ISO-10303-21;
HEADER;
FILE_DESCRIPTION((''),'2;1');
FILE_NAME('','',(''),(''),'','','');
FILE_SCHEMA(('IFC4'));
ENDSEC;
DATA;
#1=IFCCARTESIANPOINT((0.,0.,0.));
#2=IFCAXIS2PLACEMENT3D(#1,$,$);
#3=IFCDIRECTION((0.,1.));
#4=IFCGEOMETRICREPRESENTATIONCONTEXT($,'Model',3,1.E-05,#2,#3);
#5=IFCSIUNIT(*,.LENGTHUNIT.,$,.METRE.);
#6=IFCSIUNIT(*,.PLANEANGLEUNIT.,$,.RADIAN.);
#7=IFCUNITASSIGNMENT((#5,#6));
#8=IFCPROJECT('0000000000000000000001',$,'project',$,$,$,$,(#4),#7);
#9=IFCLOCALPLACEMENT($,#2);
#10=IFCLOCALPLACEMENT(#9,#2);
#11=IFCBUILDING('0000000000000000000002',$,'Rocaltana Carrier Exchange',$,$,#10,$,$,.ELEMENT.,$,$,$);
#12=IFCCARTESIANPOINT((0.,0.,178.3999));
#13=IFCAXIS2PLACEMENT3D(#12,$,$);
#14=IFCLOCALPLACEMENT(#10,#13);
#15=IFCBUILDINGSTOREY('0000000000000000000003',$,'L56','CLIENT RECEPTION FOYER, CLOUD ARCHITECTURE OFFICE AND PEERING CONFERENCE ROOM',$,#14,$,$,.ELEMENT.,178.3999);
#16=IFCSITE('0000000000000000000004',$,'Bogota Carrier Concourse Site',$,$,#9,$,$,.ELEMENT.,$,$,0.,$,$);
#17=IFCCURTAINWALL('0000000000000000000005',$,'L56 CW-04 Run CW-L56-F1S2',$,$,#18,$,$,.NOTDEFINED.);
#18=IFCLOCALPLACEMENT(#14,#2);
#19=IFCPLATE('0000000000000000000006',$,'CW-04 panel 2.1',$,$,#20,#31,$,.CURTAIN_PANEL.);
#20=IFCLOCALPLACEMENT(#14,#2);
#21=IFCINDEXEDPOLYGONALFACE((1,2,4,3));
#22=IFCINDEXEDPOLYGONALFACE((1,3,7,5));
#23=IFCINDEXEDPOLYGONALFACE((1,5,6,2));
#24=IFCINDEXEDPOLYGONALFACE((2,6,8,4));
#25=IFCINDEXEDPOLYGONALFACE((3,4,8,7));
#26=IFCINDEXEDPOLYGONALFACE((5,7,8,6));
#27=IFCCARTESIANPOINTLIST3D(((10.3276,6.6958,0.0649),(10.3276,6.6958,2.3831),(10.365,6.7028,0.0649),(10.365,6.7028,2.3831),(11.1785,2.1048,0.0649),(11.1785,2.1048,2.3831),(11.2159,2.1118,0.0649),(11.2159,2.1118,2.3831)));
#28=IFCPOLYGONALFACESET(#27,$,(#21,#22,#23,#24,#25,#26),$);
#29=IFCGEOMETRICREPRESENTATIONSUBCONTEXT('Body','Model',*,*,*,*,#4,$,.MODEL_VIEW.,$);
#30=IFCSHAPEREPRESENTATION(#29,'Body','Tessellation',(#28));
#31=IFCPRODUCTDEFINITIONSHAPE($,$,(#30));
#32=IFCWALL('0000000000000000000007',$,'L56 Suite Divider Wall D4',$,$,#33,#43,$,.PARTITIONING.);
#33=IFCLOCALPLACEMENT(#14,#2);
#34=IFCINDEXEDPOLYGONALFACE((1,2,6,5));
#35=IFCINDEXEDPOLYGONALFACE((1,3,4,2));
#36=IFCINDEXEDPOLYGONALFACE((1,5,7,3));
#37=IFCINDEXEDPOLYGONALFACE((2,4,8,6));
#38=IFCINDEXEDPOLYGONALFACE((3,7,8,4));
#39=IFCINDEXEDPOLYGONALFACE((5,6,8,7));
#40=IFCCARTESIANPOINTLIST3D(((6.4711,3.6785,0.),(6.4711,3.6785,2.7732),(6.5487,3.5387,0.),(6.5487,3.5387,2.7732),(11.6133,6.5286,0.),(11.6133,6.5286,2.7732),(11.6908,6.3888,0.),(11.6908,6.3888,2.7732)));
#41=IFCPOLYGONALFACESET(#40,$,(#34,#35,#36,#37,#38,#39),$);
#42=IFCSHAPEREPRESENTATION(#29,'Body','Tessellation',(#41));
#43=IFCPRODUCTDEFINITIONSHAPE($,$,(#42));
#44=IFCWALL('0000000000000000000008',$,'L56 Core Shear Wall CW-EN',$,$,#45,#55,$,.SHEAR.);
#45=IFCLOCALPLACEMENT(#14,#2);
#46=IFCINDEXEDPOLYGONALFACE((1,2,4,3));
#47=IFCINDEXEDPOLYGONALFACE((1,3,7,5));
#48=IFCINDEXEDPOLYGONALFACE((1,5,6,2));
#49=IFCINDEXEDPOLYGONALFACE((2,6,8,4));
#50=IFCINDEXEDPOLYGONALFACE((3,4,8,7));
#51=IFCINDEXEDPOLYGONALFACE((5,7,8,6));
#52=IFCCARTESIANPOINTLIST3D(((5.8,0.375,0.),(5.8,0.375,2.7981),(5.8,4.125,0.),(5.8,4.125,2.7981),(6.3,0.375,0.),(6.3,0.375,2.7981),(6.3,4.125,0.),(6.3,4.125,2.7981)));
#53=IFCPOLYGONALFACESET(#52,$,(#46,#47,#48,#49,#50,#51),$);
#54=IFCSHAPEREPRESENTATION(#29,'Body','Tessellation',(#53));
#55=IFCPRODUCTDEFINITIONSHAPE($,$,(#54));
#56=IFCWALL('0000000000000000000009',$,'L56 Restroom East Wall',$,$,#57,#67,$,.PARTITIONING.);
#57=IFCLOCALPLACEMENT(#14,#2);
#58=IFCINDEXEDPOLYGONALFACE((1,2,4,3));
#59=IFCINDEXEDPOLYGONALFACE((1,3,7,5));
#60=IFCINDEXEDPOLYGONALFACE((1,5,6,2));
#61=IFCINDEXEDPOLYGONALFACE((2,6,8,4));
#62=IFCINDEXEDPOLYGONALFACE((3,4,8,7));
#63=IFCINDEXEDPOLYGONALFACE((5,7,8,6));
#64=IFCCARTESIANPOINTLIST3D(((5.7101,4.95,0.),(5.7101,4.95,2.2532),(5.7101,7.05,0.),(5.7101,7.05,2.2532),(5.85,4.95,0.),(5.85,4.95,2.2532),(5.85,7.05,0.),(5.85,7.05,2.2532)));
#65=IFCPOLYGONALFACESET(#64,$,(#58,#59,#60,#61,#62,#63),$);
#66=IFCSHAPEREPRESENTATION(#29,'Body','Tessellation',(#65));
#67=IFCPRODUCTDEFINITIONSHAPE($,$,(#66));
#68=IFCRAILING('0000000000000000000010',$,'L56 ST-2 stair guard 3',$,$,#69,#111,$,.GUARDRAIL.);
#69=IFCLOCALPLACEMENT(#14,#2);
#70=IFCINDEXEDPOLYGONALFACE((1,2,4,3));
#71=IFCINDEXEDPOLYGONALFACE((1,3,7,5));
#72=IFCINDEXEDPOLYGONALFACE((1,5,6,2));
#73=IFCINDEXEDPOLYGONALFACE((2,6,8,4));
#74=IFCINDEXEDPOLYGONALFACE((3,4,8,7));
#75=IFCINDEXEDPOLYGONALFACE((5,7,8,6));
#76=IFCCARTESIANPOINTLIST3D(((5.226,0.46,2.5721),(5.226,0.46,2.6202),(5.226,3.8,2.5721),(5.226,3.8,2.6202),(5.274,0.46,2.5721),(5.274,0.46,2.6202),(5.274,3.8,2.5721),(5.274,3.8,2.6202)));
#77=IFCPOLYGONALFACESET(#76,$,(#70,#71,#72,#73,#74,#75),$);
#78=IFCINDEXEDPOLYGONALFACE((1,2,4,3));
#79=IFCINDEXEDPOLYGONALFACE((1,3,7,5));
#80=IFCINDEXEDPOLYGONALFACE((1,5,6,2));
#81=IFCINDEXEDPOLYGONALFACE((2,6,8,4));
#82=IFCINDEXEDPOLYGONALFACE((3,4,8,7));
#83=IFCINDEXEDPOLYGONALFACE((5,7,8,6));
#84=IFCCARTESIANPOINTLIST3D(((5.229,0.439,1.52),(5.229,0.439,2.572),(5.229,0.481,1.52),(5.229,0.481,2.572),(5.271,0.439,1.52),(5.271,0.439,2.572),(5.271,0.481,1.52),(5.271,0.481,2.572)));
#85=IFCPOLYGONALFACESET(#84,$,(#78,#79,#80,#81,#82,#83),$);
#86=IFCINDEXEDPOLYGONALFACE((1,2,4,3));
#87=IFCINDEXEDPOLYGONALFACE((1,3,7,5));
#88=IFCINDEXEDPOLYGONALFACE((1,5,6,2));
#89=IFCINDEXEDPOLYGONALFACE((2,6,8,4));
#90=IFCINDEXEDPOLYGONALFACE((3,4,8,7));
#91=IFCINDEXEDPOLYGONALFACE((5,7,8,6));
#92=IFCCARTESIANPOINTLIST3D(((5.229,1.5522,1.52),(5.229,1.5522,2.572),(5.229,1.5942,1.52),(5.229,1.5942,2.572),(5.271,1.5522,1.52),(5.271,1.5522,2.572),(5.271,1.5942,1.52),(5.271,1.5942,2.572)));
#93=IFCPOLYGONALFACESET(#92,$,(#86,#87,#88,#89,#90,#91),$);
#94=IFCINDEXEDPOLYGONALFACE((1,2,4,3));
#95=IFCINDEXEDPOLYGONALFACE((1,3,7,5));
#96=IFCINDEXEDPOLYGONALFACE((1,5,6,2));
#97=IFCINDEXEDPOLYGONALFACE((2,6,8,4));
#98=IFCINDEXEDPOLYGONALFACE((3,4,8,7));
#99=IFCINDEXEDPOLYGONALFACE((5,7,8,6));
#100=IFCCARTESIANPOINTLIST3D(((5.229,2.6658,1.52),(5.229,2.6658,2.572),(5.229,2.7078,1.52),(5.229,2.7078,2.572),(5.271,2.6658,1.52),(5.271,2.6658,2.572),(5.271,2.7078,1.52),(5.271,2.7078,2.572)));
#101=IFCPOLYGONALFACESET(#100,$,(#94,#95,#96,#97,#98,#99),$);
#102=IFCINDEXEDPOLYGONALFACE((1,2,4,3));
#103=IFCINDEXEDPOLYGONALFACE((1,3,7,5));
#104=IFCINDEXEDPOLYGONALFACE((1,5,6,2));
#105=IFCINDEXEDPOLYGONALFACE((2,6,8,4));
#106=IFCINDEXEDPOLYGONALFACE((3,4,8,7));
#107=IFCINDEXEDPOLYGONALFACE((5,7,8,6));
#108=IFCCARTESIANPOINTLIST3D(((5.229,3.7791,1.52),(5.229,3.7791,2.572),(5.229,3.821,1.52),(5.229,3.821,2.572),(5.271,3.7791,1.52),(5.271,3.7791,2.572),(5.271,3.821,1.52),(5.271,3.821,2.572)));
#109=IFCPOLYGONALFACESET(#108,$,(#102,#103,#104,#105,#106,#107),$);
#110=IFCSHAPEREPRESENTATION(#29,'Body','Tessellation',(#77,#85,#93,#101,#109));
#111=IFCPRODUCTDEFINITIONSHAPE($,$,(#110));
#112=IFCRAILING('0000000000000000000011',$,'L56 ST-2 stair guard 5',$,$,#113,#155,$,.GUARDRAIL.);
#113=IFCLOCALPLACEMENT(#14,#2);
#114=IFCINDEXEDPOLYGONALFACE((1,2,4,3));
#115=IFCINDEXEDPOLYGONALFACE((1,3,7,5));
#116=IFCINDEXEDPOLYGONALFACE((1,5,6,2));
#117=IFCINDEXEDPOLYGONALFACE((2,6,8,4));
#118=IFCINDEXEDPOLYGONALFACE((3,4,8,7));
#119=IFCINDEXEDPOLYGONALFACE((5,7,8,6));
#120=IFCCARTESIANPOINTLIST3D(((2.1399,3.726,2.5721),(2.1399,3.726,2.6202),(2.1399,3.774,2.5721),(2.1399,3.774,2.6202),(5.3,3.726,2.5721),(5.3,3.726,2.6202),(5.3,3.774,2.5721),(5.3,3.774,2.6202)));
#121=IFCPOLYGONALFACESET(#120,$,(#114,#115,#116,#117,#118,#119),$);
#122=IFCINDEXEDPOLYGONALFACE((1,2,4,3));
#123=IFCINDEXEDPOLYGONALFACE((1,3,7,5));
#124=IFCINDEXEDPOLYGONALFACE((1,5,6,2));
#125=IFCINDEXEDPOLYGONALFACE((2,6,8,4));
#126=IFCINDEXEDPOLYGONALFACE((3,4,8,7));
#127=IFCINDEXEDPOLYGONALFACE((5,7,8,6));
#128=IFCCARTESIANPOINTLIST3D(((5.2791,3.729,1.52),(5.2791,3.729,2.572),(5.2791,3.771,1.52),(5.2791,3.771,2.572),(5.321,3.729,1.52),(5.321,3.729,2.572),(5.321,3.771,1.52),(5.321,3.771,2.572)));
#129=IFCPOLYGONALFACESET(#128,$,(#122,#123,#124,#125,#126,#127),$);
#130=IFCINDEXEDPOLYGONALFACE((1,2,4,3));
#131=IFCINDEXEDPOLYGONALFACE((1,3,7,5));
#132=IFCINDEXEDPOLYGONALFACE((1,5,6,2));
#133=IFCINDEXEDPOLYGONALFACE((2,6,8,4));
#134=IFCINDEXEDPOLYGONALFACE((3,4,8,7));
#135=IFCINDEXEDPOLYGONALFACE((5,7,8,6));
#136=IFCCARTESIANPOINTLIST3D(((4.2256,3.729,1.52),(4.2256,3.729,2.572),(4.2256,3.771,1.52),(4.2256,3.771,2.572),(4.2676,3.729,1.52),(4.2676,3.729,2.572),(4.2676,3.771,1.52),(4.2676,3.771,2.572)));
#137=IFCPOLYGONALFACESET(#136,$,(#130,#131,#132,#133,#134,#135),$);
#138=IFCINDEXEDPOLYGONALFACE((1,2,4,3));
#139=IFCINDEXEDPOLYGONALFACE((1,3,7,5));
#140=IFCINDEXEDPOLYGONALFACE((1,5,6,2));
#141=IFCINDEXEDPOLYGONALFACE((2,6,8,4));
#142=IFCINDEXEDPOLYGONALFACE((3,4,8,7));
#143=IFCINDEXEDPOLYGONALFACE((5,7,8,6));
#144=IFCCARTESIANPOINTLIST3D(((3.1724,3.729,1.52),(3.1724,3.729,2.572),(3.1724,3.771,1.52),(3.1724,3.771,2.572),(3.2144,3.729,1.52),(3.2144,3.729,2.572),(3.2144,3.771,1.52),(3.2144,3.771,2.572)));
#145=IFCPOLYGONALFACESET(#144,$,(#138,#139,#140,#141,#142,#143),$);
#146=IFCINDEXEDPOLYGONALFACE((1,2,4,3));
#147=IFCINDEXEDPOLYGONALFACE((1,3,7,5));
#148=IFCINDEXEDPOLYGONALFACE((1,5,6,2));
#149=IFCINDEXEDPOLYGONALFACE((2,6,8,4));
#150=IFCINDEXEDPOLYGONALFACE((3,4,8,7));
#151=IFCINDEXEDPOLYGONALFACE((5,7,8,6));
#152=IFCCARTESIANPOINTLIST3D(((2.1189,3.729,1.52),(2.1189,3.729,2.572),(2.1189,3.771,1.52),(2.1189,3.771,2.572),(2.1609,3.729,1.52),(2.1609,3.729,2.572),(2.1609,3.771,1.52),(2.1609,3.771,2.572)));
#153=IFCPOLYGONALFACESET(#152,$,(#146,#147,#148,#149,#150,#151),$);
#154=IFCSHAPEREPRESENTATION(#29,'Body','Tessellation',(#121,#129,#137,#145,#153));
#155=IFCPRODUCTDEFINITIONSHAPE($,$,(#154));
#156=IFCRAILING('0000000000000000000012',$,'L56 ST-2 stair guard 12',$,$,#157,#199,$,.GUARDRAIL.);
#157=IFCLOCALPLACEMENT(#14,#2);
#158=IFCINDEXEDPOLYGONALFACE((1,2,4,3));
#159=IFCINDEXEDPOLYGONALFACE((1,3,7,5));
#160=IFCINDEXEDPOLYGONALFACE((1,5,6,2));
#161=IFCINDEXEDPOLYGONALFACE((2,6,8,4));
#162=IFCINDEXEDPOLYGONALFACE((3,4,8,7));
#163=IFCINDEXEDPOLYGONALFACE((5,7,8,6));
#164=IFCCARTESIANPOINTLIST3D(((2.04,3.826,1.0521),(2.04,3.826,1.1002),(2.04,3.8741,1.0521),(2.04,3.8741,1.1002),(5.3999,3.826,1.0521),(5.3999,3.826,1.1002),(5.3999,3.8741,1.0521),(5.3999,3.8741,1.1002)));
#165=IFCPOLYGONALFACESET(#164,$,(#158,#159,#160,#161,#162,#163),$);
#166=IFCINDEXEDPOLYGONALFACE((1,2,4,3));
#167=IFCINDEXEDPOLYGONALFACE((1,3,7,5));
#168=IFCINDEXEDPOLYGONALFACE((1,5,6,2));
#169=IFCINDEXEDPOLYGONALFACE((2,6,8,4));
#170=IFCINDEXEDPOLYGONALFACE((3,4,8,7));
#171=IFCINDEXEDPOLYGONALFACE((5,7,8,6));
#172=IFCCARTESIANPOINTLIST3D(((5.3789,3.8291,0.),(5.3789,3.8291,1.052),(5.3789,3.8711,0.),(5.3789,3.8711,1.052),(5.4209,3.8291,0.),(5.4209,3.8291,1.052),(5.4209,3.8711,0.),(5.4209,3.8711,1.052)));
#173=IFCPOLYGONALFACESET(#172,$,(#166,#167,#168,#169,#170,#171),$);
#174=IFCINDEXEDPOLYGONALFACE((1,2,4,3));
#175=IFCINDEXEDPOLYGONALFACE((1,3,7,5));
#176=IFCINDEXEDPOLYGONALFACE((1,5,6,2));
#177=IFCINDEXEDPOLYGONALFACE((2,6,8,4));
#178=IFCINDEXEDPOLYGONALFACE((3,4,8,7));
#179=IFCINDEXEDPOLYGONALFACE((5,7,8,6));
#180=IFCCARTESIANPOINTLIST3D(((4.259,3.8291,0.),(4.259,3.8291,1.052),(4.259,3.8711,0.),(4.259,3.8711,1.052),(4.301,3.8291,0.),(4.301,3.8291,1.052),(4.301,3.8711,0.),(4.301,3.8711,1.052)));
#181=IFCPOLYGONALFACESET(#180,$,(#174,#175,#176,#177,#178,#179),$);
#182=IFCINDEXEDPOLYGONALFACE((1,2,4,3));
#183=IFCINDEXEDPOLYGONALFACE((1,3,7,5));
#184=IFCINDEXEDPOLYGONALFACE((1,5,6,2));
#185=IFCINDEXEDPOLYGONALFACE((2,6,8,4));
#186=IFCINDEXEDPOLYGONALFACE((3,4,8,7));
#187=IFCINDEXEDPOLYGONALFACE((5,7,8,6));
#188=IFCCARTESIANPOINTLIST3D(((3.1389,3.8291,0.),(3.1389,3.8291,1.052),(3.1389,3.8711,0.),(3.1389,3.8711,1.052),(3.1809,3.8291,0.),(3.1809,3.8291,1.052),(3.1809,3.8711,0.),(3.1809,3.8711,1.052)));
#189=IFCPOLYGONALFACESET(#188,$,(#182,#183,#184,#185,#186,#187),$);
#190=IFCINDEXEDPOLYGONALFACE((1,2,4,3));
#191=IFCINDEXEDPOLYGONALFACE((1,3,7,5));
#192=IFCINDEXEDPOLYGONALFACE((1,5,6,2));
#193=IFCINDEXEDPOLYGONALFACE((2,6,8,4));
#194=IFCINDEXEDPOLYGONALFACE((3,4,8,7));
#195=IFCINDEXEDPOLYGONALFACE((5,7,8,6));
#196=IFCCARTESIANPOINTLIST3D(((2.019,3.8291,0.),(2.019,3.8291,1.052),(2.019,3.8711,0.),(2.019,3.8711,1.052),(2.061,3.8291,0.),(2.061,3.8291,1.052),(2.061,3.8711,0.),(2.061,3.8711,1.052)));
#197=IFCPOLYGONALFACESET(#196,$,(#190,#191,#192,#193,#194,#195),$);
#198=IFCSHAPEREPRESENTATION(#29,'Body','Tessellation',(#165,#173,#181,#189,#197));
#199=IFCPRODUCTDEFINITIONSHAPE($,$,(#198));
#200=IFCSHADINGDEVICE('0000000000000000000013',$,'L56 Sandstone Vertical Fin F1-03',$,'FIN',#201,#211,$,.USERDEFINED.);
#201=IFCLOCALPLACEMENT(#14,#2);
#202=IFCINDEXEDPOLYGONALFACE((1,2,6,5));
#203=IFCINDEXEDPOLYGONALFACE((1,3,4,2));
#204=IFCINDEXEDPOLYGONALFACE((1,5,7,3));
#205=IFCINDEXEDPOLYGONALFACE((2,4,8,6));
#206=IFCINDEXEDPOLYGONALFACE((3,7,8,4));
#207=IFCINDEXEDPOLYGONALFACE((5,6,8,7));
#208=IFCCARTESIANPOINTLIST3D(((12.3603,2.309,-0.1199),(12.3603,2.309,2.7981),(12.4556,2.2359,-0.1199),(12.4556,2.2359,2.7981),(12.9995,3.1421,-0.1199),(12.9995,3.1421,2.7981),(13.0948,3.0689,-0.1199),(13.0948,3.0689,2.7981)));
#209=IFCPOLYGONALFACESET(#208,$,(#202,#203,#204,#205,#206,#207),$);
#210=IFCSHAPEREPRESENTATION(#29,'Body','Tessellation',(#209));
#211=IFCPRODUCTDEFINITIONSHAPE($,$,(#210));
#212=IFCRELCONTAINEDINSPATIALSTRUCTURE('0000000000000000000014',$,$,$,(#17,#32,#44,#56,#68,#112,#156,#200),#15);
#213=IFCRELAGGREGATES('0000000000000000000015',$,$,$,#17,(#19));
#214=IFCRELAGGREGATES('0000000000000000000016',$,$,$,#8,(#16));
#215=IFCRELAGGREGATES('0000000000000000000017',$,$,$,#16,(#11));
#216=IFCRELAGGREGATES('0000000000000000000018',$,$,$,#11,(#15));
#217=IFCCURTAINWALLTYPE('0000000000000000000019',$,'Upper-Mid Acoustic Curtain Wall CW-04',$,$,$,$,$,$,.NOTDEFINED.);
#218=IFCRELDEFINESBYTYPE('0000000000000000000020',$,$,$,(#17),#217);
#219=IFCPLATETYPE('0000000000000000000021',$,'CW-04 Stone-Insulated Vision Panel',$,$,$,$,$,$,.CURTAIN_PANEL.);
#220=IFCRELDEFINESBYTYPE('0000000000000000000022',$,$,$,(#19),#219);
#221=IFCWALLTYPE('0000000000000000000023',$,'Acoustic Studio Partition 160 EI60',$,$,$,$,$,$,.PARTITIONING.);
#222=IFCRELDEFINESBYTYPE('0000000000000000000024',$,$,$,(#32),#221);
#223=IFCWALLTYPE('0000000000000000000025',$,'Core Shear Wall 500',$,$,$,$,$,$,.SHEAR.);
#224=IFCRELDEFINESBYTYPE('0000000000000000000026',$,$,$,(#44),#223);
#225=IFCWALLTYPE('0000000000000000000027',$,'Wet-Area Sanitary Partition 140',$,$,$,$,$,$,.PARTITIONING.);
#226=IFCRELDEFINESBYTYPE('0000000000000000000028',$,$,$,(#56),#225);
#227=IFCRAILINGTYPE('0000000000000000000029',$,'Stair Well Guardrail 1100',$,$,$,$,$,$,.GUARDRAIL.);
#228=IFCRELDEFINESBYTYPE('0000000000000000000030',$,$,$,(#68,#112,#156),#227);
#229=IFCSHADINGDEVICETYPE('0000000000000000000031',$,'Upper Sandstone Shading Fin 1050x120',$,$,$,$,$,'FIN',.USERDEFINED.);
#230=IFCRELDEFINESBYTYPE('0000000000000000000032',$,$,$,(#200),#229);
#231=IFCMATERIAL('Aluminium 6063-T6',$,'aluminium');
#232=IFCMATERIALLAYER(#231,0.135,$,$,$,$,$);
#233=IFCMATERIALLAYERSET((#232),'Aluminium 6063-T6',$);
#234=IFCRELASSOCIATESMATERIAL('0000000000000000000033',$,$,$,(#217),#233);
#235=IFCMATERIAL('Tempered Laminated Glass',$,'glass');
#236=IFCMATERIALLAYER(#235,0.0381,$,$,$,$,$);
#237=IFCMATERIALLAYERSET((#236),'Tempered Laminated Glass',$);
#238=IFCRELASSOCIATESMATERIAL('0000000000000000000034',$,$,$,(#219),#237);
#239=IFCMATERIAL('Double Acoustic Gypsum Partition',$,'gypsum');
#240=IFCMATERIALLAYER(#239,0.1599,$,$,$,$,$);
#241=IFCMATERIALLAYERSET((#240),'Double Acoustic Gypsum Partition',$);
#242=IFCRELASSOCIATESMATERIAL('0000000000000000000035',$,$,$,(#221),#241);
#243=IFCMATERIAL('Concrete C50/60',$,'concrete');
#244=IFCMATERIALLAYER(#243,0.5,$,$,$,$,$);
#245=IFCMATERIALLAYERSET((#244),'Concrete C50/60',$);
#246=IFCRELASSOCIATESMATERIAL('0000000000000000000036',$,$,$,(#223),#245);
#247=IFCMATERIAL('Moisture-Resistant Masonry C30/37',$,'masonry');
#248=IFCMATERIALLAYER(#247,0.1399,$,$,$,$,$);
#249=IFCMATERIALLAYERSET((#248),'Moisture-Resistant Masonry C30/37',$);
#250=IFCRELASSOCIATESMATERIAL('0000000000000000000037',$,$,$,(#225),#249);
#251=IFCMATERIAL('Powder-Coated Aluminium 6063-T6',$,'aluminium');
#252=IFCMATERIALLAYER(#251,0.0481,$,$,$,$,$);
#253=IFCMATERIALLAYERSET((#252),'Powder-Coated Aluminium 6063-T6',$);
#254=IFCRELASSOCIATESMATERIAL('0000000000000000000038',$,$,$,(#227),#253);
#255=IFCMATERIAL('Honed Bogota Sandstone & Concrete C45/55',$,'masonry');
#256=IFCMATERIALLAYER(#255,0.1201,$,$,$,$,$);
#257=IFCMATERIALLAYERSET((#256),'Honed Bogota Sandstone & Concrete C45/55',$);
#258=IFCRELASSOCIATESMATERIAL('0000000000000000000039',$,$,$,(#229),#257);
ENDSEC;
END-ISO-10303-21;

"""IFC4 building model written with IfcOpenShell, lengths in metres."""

from ifc_helpers import new_model, si_unit, direction, frame, frame_2d, origin, origin_2d, place, context, subcontext, project, spatial, rectangle, extrude, material, layer, layer_set, type_object, element, aggregate, save


model = new_model("IFC4")

# Units and contexts
model_context = context("Model", 3, precision=1e-05, world=origin(), true_north=direction((0.0, 1.0)))
body_context = subcontext(model_context, "Body", "Model", "MODEL_VIEW")
ifc_project = project(units=[si_unit("LENGTHUNIT", "METRE"), si_unit("PLANEANGLEUNIT", "RADIAN")], contexts=[model_context])

# Site, building, storey
site_placement = place(None, origin())
site = spatial("IfcSite", under=ifc_project, at=site_placement, Name="Bogota Carrier Concourse Site", CompositionType="ELEMENT", RefElevation=0.0)
building_placement = place(site_placement, origin())
building = spatial("IfcBuilding", under=site, at=building_placement, Name="Rocaltana Carrier Exchange", CompositionType="ELEMENT")
storey_placement = place(building_placement, frame((0.0, 0.0, 178.3999)))
storey = spatial("IfcBuildingStorey", under=building, at=storey_placement, Name="L56", Description="CLIENT RECEPTION FOYER, CLOUD ARCHITECTURE OFFICE AND PEERING CONFERENCE ROOM", CompositionType="ELEMENT", Elevation=178.3999)

# Curtain wall
ifc_material_1 = material(Name="Aluminium 6063-T6", Category="aluminium")
ifc_layer_1 = layer(ifc_material_1, 0.135)
ifc_layer_set_1 = layer_set([ifc_layer_1], Name="Aluminium 6063-T6")
curtain_wall_type = type_object("IfcCurtainWallType", Name="Upper-Mid Acoustic Curtain Wall CW-04", PredefinedType="NOTDEFINED", material=ifc_layer_set_1)
curtain_wall_placement = place(storey_placement, origin())
curtain_wall = element("IfcCurtainWall", 1, at=curtain_wall_placement, inside=storey, type_object=curtain_wall_type, Name="L56 CW-04 Run CW-L56-F1S2", PredefinedType="NOTDEFINED")

# Plate
ifc_material_2 = material(Name="Tempered Laminated Glass", Category="glass")
ifc_layer_2 = layer(ifc_material_2, 0.0381)
ifc_layer_set_2 = layer_set([ifc_layer_2], Name="Tempered Laminated Glass")
plate_type = type_object("IfcPlateType", Name="CW-04 Stone-Insulated Vision Panel", PredefinedType="CURTAIN_PANEL", material=ifc_layer_set_2)
plate_placement = place(storey_placement, frame((10.7717, 4.4038, 0.0649), z_axis=(0.0, 0.0, 1.0), x_axis=(-0.182236, 0.983255, 0.0)))
plate = element("IfcPlate", 2, at=plate_placement, type_object=plate_type, Name="CW-04 panel 2.1", PredefinedType="CURTAIN_PANEL", context=body_context, shape_type="SweptSolid", body=[
    extrude(rectangle(XDim=4.6692, YDim=0.0381, at=origin_2d()), origin(), (0.0, 0.0, 1.0), 2.3181),
])
aggregate(curtain_wall, [plate])

# Walls
ifc_material_3 = material(Name="Double Acoustic Gypsum Partition", Category="gypsum")
ifc_layer_3 = layer(ifc_material_3, 0.1599)
ifc_layer_set_3 = layer_set([ifc_layer_3], Name="Double Acoustic Gypsum Partition")
wall_type_1 = type_object("IfcWallType", Name="Acoustic Studio Partition 160 EI60", PredefinedType="PARTITIONING", material=ifc_layer_set_3)
wall_1_placement = place(storey_placement, frame((6.51, 3.6086, 0.0), z_axis=(0.0, 0.0, 1.0), x_axis=(0.874635, 0.484782, 0.0)))
element("IfcWall", 3, at=wall_1_placement, inside=storey, type_object=wall_type_1, Name="L56 Suite Divider Wall D4", PredefinedType="PARTITIONING", context=body_context, shape_type="SweptSolid", body=[
    extrude(rectangle(XDim=5.8792, YDim=0.1599, at=frame_2d((2.9395, 0.0))), origin(), (0.0, 0.0, 1.0), 2.7732),
])
ifc_material_4 = material(Name="Concrete C50/60", Category="concrete")
ifc_layer_4 = layer(ifc_material_4, 0.5)
ifc_layer_set_4 = layer_set([ifc_layer_4], Name="Concrete C50/60")
wall_type_2 = type_object("IfcWallType", Name="Core Shear Wall 500", PredefinedType="SHEAR", material=ifc_layer_set_4)
wall_2_placement = place(storey_placement, frame((6.05, 0.375, 0.0), z_axis=(0.0, 0.0, 1.0), x_axis=(0.0, 1.0, 0.0)))
element("IfcWall", 4, at=wall_2_placement, inside=storey, type_object=wall_type_2, Name="L56 Core Shear Wall CW-EN", PredefinedType="SHEAR", context=body_context, shape_type="SweptSolid", body=[
    extrude(rectangle(XDim=3.75, YDim=0.5, at=frame_2d((1.875, 0.0))), origin(), (0.0, 0.0, 1.0), 2.7981),
])
ifc_material_5 = material(Name="Moisture-Resistant Masonry C30/37", Category="masonry")
ifc_layer_5 = layer(ifc_material_5, 0.1399)
ifc_layer_set_5 = layer_set([ifc_layer_5], Name="Moisture-Resistant Masonry C30/37")
wall_type_3 = type_object("IfcWallType", Name="Wet-Area Sanitary Partition 140", PredefinedType="PARTITIONING", material=ifc_layer_set_5)
wall_3_placement = place(storey_placement, frame((5.78, 4.95, 0.0), z_axis=(0.0, 0.0, 1.0), x_axis=(0.0, 1.0, 0.0)))
element("IfcWall", 5, at=wall_3_placement, inside=storey, type_object=wall_type_3, Name="L56 Restroom East Wall", PredefinedType="PARTITIONING", context=body_context, shape_type="SweptSolid", body=[
    extrude(rectangle(XDim=2.1001, YDim=0.1399, at=frame_2d((1.05, 0.0))), origin(), (0.0, 0.0, 1.0), 2.2532),
])

# Railings
ifc_material_6 = material(Name="Powder-Coated Aluminium 6063-T6", Category="aluminium")
ifc_layer_6 = layer(ifc_material_6, 0.0481)
ifc_layer_set_6 = layer_set([ifc_layer_6], Name="Powder-Coated Aluminium 6063-T6")
railing_type = type_object("IfcRailingType", Name="Stair Well Guardrail 1100", PredefinedType="GUARDRAIL", material=ifc_layer_set_6)
railing_1_placement = place(storey_placement, frame((5.25, 0.46, 1.52)))
element("IfcRailing", 6, at=railing_1_placement, inside=storey, type_object=railing_type, Name="L56 ST-2 stair guard 3", PredefinedType="GUARDRAIL", context=body_context, shape_type="SweptSolid", body=[
    extrude(rectangle(XDim=0.0481, YDim=0.0481, at=origin_2d()), frame((0.0, 0.0, 1.0762), z_axis=(0.0, 1.0, 0.0), x_axis=(-1.0, 0.0, 0.0)), (0.0, 0.0, 1.0), 3.3401),
    extrude(rectangle(XDim=0.042, YDim=0.042, at=origin_2d()), origin(), (0.0, 0.0, 1.0), 1.052),
    extrude(rectangle(XDim=0.042, YDim=0.042, at=origin_2d()), frame((0.0, 1.1133, 0.0)), (0.0, 0.0, 1.0), 1.052),
    extrude(rectangle(XDim=0.042, YDim=0.042, at=origin_2d()), frame((0.0, 2.2268, 0.0)), (0.0, 0.0, 1.0), 1.052),
    extrude(rectangle(XDim=0.042, YDim=0.042, at=origin_2d()), frame((0.0, 3.3401, 0.0)), (0.0, 0.0, 1.0), 1.052),
])
railing_2_placement = place(storey_placement, frame((5.3, 3.75, 1.52)))
element("IfcRailing", 7, at=railing_2_placement, inside=storey, type_object=railing_type, Name="L56 ST-2 stair guard 5", PredefinedType="GUARDRAIL", context=body_context, shape_type="SweptSolid", body=[
    extrude(rectangle(XDim=0.0481, YDim=0.0481, at=origin_2d()), frame((0.0, 0.0, 1.0762), z_axis=(-1.0, 0.0, 0.0), x_axis=(0.0, -1.0, 0.0)), (0.0, 0.0, 1.0), 3.1602),
    extrude(rectangle(XDim=0.042, YDim=0.042, at=origin_2d()), origin(), (0.0, 0.0, 1.0), 1.052),
    extrude(rectangle(XDim=0.042, YDim=0.042, at=origin_2d()), frame((-1.0535, 0.0, 0.0)), (0.0, 0.0, 1.0), 1.052),
    extrude(rectangle(XDim=0.042, YDim=0.042, at=origin_2d()), frame((-2.1067, 0.0, 0.0)), (0.0, 0.0, 1.0), 1.052),
    extrude(rectangle(XDim=0.042, YDim=0.042, at=origin_2d()), frame((-3.1602, 0.0, 0.0)), (0.0, 0.0, 1.0), 1.052),
])
railing_3_placement = place(storey_placement, frame((5.3999, 3.8501, 0.0)))
element("IfcRailing", 8, at=railing_3_placement, inside=storey, type_object=railing_type, Name="L56 ST-2 stair guard 12", PredefinedType="GUARDRAIL", context=body_context, shape_type="SweptSolid", body=[
    extrude(rectangle(XDim=0.0481, YDim=0.0481, at=origin_2d()), frame((0.0, 0.0, 1.0762), z_axis=(-1.0, 0.0, 0.0), x_axis=(0.0, -1.0, 0.0)), (0.0, 0.0, 1.0), 3.3599),
    extrude(rectangle(XDim=0.042, YDim=0.042, at=origin_2d()), origin(), (0.0, 0.0, 1.0), 1.052),
    extrude(rectangle(XDim=0.042, YDim=0.042, at=origin_2d()), frame((-1.1199, 0.0, 0.0)), (0.0, 0.0, 1.0), 1.052),
    extrude(rectangle(XDim=0.042, YDim=0.042, at=origin_2d()), frame((-2.24, 0.0, 0.0)), (0.0, 0.0, 1.0), 1.052),
    extrude(rectangle(XDim=0.042, YDim=0.042, at=origin_2d()), frame((-3.3599, 0.0, 0.0)), (0.0, 0.0, 1.0), 1.052),
])

# Shading device
ifc_material_7 = material(Name="Honed Bogota Sandstone & Concrete C45/55", Category="masonry")
ifc_layer_7 = layer(ifc_material_7, 0.1201)
ifc_layer_set_7 = layer_set([ifc_layer_7], Name="Honed Bogota Sandstone & Concrete C45/55")
shading_device_type = type_object("IfcShadingDeviceType", Name="Upper Sandstone Shading Fin 1050x120", ElementType="FIN", PredefinedType="USERDEFINED", material=ifc_layer_set_7)
shading_device_placement = place(storey_placement, frame((12.7275, 2.689, -0.1199), z_axis=(0.0, 0.0, 1.0), x_axis=(0.608761, 0.793353, 0.0)))
element("IfcShadingDevice", 9, at=shading_device_placement, inside=storey, type_object=shading_device_type, Name="L56 Sandstone Vertical Fin F1-03", ObjectType="FIN", PredefinedType="USERDEFINED", context=body_context, shape_type="SweptSolid", body=[
    extrude(rectangle(XDim=1.05, YDim=0.1201, at=origin_2d()), origin(), (0.0, 0.0, 1.0), 2.918),
])

save(model, "model.ifc")
